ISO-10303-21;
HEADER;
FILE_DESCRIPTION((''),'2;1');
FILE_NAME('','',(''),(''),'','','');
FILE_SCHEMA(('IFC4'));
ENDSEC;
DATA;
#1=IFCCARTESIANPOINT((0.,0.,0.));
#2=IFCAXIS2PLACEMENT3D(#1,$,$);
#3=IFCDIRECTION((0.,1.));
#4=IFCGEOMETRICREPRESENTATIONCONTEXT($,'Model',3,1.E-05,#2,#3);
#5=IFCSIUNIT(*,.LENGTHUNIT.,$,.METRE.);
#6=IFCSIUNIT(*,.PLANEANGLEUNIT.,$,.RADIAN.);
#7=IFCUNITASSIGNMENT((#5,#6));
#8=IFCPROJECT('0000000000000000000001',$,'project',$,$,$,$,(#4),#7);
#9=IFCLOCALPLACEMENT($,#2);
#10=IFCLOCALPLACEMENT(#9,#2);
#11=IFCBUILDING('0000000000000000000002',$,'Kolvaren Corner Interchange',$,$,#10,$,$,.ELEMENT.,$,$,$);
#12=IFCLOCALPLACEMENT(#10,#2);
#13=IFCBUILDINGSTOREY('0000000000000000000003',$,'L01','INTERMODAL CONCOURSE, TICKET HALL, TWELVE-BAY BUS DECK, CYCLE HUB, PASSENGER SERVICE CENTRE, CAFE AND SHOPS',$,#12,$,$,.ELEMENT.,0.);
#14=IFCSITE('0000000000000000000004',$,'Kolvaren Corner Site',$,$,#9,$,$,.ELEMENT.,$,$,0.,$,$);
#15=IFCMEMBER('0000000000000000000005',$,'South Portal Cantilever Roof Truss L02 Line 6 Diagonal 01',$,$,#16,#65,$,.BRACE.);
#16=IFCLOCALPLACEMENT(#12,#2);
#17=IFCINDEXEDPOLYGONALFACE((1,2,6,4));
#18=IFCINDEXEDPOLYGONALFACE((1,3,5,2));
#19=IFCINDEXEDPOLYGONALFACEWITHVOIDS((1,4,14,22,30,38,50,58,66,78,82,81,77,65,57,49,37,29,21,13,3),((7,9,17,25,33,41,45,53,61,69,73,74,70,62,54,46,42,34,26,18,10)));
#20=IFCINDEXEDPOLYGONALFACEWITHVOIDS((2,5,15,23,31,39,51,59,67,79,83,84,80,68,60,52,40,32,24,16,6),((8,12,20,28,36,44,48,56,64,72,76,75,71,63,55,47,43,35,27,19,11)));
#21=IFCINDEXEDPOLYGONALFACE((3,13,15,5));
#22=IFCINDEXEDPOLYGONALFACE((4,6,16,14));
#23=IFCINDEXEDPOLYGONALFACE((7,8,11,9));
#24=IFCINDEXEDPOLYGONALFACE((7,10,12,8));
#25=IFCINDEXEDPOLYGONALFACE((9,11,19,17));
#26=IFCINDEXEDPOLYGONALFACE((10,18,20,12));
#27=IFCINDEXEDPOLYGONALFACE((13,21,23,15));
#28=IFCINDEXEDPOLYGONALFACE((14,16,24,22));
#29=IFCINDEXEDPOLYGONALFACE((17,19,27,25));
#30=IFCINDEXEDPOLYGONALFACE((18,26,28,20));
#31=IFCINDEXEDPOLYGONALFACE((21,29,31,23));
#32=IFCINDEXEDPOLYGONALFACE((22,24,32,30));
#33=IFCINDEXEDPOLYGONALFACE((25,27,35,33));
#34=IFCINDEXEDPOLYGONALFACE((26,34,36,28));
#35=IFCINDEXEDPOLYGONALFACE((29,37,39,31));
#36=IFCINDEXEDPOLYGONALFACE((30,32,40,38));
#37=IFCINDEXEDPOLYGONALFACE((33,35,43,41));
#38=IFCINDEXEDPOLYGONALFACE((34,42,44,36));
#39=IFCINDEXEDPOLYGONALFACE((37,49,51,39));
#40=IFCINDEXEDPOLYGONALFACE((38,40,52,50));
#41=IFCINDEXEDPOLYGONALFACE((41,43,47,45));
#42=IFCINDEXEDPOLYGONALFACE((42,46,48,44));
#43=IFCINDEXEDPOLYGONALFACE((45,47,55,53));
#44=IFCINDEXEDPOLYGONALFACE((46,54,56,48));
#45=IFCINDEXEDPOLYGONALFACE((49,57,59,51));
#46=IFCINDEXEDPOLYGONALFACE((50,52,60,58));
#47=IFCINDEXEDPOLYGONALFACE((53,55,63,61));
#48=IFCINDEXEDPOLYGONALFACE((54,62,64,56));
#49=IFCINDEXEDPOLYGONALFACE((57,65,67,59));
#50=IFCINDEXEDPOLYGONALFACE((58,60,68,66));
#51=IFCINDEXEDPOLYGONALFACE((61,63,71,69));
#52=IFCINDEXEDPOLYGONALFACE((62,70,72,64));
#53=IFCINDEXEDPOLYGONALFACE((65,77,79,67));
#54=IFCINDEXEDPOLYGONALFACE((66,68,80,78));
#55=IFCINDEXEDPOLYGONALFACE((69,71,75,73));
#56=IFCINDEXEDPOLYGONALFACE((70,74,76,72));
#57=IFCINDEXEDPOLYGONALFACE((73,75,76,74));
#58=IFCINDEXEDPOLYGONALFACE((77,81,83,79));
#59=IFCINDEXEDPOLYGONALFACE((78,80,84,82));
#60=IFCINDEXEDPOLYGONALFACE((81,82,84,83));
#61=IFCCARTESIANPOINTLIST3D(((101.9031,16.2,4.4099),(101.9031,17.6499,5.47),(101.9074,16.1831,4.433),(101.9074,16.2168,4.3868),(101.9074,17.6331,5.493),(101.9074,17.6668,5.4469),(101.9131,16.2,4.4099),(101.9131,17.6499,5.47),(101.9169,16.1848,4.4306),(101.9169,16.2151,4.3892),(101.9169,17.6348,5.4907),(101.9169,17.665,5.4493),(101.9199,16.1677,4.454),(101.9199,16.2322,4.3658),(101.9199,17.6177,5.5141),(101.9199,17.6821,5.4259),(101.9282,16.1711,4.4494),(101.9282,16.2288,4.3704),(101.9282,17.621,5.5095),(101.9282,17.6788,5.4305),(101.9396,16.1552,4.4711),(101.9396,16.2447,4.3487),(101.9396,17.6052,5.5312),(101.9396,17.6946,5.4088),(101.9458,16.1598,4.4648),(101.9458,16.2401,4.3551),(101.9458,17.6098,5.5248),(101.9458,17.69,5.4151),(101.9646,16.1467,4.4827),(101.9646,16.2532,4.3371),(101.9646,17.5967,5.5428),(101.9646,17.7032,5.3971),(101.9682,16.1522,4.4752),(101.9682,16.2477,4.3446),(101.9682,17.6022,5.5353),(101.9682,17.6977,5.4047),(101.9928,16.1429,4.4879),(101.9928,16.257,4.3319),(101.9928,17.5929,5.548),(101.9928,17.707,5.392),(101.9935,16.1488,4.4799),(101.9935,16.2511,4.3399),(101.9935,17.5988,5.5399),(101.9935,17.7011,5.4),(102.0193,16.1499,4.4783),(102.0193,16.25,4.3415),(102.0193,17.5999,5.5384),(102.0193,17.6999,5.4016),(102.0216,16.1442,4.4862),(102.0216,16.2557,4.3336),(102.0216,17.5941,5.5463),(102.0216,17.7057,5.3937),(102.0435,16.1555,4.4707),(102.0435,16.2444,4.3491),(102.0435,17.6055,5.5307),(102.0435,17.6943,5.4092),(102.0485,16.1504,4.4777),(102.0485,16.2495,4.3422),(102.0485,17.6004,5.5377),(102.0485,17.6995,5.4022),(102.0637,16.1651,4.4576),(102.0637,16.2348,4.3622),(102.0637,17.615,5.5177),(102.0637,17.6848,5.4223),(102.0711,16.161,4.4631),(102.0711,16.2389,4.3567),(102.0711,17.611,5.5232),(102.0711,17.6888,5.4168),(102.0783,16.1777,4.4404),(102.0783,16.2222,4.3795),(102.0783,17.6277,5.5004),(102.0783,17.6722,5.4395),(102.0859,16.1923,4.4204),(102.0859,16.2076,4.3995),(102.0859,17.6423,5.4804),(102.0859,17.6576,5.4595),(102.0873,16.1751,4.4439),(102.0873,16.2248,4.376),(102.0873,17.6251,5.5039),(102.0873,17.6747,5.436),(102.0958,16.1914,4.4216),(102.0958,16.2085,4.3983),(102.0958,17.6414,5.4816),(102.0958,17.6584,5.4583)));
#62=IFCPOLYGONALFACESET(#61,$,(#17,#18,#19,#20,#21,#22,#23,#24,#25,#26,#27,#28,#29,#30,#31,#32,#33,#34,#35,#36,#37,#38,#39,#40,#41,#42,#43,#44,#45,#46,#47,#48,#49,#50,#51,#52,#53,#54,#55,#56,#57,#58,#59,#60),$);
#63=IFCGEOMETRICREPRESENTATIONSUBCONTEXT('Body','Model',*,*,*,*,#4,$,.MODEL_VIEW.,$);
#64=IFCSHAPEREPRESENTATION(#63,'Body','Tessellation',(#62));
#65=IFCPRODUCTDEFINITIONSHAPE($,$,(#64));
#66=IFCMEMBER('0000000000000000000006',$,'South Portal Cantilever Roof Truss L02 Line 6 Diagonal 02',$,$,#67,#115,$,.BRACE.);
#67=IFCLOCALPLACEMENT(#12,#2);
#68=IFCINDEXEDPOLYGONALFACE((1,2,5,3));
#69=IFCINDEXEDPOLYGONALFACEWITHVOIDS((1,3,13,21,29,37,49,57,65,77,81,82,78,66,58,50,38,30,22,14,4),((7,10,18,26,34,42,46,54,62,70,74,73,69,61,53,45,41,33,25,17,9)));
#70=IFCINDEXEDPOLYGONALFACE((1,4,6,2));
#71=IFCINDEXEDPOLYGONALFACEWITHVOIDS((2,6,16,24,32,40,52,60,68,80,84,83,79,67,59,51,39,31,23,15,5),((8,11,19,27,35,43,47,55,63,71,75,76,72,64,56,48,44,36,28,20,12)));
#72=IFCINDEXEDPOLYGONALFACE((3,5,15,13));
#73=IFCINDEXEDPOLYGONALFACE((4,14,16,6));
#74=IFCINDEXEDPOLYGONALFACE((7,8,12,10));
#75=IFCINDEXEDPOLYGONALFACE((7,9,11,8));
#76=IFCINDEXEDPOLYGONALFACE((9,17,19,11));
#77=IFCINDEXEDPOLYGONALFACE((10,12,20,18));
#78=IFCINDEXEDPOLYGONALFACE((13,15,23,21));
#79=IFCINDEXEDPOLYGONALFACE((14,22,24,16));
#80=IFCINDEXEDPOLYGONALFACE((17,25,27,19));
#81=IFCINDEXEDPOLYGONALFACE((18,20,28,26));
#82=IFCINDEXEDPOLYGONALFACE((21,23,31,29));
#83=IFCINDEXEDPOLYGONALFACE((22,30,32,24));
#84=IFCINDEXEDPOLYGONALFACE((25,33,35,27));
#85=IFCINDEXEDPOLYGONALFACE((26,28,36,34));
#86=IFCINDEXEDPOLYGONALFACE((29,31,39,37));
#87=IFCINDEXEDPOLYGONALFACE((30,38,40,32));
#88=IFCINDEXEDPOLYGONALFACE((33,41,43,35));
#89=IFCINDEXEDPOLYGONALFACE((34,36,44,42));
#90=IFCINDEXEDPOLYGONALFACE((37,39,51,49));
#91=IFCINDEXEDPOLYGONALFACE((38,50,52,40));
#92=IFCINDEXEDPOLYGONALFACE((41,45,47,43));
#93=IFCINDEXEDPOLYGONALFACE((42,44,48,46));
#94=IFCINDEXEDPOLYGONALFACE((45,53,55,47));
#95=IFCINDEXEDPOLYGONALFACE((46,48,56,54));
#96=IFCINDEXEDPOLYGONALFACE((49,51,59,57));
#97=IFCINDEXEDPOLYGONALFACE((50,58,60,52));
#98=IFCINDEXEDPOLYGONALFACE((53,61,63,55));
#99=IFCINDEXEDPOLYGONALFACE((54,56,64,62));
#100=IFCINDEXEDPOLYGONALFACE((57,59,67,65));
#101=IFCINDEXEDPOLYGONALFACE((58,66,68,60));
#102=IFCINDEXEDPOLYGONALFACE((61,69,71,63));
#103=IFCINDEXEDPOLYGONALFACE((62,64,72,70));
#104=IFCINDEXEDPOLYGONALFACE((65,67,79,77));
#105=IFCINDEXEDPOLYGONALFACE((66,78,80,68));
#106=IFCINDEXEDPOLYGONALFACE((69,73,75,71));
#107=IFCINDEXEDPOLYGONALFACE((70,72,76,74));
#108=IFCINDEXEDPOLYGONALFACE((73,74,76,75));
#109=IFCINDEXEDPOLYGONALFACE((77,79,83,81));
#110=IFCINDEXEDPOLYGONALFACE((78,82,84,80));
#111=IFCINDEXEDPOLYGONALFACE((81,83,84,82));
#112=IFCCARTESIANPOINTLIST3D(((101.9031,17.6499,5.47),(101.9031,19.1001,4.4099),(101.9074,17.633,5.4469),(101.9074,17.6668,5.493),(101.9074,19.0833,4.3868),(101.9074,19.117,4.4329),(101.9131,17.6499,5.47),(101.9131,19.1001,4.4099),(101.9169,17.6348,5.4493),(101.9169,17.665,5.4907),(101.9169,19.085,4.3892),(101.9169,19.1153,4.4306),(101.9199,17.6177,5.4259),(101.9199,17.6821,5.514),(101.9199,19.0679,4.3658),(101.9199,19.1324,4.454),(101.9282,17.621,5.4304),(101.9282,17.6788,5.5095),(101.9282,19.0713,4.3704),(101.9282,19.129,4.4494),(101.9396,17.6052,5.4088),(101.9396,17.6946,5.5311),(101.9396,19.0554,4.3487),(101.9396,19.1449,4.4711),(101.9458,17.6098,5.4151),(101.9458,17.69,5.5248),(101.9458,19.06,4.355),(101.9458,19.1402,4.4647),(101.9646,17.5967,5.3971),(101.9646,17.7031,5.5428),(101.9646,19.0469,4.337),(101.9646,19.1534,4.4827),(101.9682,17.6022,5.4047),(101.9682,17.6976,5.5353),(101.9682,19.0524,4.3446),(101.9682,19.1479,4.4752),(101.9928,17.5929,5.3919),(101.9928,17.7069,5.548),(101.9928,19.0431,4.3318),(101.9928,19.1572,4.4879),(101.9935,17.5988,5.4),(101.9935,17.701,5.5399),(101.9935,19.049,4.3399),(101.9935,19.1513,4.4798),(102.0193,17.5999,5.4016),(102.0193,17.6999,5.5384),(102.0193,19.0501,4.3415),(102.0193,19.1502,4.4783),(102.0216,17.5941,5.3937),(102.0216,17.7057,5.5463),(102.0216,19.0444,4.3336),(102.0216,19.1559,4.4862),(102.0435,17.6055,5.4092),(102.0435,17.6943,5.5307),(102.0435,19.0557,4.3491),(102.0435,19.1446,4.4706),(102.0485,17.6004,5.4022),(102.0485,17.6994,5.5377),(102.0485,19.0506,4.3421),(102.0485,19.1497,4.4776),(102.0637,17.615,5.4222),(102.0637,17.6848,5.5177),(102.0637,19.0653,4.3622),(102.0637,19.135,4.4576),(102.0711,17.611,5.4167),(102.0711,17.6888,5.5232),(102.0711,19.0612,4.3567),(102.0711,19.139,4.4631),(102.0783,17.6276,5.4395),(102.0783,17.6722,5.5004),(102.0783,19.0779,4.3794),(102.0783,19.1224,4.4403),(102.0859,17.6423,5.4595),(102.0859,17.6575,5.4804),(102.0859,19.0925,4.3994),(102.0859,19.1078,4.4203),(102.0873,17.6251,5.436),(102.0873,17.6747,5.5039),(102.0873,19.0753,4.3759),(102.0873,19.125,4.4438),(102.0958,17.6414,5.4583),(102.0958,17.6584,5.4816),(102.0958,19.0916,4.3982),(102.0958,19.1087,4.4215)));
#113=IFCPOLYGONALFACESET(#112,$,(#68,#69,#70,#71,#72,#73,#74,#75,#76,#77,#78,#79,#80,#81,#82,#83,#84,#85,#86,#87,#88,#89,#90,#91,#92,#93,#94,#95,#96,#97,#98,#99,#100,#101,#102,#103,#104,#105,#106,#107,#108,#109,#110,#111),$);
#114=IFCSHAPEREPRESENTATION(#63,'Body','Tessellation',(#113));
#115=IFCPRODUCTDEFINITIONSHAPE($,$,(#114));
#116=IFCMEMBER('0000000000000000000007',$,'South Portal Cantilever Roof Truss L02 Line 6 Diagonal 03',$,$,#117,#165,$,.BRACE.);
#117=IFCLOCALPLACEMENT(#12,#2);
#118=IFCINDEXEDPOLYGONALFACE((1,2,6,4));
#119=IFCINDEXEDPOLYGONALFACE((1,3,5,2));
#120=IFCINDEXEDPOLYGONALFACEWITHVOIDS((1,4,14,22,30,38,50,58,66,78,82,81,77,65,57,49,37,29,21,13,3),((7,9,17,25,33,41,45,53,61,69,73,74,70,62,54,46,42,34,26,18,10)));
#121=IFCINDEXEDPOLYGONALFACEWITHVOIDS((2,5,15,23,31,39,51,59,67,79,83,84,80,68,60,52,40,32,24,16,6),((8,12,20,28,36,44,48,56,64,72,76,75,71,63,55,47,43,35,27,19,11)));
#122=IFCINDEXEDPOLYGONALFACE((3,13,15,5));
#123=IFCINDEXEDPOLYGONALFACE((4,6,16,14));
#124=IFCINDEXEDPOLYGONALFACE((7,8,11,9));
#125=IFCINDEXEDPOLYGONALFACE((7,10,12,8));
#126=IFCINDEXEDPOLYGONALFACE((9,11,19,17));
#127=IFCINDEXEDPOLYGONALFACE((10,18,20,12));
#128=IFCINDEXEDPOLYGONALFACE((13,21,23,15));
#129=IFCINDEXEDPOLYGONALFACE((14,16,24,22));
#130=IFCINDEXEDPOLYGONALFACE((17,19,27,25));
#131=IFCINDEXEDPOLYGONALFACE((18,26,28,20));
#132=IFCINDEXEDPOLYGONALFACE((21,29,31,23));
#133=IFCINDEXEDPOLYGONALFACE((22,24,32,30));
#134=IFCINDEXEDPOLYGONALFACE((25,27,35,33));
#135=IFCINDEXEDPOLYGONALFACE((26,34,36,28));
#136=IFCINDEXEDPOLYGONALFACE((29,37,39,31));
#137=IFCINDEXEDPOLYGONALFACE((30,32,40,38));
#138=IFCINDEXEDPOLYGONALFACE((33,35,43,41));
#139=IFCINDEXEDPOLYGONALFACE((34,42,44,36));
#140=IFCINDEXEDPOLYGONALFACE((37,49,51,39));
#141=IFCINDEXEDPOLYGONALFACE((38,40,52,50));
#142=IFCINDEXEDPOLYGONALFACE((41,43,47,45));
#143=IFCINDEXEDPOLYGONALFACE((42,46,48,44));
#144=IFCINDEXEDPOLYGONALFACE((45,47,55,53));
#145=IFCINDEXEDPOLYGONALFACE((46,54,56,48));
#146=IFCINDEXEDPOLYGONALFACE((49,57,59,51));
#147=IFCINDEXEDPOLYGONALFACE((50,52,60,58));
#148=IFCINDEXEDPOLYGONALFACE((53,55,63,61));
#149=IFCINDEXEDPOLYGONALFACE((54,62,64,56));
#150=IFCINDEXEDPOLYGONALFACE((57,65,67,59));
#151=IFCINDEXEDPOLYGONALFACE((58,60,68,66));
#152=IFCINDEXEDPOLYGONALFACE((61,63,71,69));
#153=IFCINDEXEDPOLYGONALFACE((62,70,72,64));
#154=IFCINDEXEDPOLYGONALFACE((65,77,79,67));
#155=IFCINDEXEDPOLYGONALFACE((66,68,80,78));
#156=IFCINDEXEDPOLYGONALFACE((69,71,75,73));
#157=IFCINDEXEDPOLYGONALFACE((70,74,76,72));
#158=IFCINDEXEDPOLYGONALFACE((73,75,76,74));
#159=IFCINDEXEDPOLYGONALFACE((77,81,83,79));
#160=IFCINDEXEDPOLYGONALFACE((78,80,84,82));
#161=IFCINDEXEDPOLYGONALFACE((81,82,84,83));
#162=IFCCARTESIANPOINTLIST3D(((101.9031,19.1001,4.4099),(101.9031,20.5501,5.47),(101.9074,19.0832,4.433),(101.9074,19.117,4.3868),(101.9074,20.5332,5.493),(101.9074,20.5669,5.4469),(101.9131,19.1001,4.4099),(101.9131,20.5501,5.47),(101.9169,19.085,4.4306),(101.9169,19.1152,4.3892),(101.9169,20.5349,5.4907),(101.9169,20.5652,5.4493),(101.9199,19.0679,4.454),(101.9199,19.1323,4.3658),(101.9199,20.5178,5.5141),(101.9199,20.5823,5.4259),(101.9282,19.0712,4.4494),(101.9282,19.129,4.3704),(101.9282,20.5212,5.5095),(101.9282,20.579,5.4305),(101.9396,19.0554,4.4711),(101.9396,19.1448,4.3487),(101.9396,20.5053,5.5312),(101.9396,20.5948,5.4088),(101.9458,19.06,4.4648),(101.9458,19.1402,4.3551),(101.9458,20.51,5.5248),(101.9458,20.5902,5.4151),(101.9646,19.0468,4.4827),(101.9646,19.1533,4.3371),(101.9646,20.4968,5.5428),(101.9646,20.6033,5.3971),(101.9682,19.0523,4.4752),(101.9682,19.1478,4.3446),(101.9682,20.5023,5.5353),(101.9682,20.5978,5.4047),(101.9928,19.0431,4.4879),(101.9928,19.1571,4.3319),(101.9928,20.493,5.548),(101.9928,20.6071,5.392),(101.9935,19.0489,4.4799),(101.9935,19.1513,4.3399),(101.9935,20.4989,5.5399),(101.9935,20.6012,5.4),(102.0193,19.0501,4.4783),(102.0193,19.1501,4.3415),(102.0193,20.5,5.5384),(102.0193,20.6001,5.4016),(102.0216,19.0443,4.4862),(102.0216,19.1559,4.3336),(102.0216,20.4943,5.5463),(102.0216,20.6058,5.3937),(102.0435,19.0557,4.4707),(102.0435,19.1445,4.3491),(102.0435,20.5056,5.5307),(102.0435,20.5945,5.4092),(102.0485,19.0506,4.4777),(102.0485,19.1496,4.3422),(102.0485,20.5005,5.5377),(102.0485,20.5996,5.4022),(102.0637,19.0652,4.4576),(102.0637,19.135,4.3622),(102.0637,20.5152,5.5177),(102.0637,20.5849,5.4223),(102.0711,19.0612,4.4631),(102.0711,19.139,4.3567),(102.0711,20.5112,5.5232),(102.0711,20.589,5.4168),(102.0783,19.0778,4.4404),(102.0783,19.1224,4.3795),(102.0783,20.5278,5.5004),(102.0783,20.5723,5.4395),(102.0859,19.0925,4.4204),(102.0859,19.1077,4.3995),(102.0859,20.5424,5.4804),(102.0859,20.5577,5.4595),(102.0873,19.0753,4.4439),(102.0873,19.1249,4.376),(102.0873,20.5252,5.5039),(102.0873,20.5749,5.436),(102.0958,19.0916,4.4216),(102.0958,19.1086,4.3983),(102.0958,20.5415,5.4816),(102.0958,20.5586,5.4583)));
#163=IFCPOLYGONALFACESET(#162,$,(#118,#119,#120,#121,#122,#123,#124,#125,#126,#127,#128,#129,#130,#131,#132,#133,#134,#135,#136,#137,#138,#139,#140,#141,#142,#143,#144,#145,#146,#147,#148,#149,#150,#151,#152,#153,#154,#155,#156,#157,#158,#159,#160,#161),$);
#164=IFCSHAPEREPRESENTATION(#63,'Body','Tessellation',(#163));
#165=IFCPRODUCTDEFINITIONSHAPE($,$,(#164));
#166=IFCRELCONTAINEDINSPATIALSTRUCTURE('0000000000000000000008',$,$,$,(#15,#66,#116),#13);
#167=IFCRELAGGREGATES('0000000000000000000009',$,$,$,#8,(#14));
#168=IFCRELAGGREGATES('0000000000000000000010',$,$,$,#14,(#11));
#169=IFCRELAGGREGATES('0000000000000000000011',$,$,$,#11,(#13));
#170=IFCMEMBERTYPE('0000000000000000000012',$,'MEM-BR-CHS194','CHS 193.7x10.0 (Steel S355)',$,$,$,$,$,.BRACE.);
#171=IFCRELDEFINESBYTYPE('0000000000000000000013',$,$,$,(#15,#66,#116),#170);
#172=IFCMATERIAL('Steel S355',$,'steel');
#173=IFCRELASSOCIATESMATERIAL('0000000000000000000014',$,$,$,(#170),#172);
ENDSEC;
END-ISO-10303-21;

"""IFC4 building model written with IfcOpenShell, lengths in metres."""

from ifc_helpers import new_model, si_unit, direction, frame, origin, origin_2d, place, context, subcontext, project, spatial, hollow_circle, extrude, material, material_profile, profile_set, type_object, element, save


model = new_model("IFC4")

# Units and contexts
model_context = context("Model", 3, precision=1e-05, world=origin(), true_north=direction((0.0, 1.0)))
body_context = subcontext(model_context, "Body", "Model", "MODEL_VIEW")
ifc_project = project(units=[si_unit("LENGTHUNIT", "METRE"), si_unit("PLANEANGLEUNIT", "RADIAN")], contexts=[model_context])

# Site, building, storey
site_placement = place(None, origin())
site = spatial("IfcSite", under=ifc_project, at=site_placement, Name="Kolvaren Corner Site", CompositionType="ELEMENT", RefElevation=0.0)
building_placement = place(site_placement, origin())
building = spatial("IfcBuilding", under=site, at=building_placement, Name="Kolvaren Corner Interchange", CompositionType="ELEMENT")
storey_placement = place(building_placement, origin())
storey = spatial("IfcBuildingStorey", under=building, at=storey_placement, Name="L01", Description="INTERMODAL CONCOURSE, TICKET HALL, TWELVE-BAY BUS DECK, CYCLE HUB, PASSENGER SERVICE CENTRE, CAFE AND SHOPS", CompositionType="ELEMENT", Elevation=0.0)

# Members
ifc_material_1 = material(Name="Steel S355", Category="steel")
ifc_material_profile_1 = material_profile(ifc_material_1, hollow_circle(Radius=0.0969, WallThickness=0.01, at=origin_2d()), Name="CHS 193.7x10.0")
ifc_profile_set_1 = profile_set([ifc_material_profile_1], Name="Steel S355")
member_type_1 = type_object("IfcMemberType", Name="MEM-BR-CHS194", Description="CHS 193.7x10.0 (Steel S355)", PredefinedType="BRACE", material=ifc_profile_set_1)
member_1_placement = place(storey_placement, frame((102.0, 16.2, 4.4099), z_axis=(0.0, 0.807264, 0.59019), x_axis=(-1.0, 0.0, 0.0)))
element("IfcMember", 1, at=member_1_placement, inside=storey, type_object=member_type_1, Name="South Portal Cantilever Roof Truss L02 Line 6 Diagonal 01", PredefinedType="BRACE", context=body_context, shape_type="SweptSolid", body=[
    extrude(hollow_circle(Radius=0.0969, WallThickness=0.01, at=origin_2d()), origin(), (0.0, 0.0, 1.0), 1.7961),
])
member_2_placement = place(storey_placement, frame((102.0, 17.6499, 5.47), z_axis=(0.0, 0.807311, -0.590126), x_axis=(-1.0, 0.0, 0.0)))
element("IfcMember", 2, at=member_2_placement, inside=storey, type_object=member_type_1, Name="South Portal Cantilever Roof Truss L02 Line 6 Diagonal 02", PredefinedType="BRACE", context=body_context, shape_type="SweptSolid", body=[
    extrude(hollow_circle(Radius=0.0969, WallThickness=0.01, at=origin_2d()), origin(), (0.0, 0.0, 1.0), 1.7964),
])
for number, where, z_axis, x_axis, name in (
    (3, (102.0, 19.1001, 4.4099), (0.0, 0.807264, 0.59019), (-1.0, 0.0, 0.0), "South Portal Cantilever Roof Truss L02 Line 6 Diagonal 03"),
):
    element("IfcMember", number, at=place(storey_placement, frame(where, z_axis=z_axis, x_axis=x_axis)), inside=storey, type_object=member_type_1, Name=name, PredefinedType="BRACE", context=body_context, shape_type="SweptSolid", body=[
        extrude(hollow_circle(Radius=0.0969, WallThickness=0.01, at=origin_2d()), origin(), (0.0, 0.0, 1.0), 1.7961),
    ])

save(model, "model.ifc")
